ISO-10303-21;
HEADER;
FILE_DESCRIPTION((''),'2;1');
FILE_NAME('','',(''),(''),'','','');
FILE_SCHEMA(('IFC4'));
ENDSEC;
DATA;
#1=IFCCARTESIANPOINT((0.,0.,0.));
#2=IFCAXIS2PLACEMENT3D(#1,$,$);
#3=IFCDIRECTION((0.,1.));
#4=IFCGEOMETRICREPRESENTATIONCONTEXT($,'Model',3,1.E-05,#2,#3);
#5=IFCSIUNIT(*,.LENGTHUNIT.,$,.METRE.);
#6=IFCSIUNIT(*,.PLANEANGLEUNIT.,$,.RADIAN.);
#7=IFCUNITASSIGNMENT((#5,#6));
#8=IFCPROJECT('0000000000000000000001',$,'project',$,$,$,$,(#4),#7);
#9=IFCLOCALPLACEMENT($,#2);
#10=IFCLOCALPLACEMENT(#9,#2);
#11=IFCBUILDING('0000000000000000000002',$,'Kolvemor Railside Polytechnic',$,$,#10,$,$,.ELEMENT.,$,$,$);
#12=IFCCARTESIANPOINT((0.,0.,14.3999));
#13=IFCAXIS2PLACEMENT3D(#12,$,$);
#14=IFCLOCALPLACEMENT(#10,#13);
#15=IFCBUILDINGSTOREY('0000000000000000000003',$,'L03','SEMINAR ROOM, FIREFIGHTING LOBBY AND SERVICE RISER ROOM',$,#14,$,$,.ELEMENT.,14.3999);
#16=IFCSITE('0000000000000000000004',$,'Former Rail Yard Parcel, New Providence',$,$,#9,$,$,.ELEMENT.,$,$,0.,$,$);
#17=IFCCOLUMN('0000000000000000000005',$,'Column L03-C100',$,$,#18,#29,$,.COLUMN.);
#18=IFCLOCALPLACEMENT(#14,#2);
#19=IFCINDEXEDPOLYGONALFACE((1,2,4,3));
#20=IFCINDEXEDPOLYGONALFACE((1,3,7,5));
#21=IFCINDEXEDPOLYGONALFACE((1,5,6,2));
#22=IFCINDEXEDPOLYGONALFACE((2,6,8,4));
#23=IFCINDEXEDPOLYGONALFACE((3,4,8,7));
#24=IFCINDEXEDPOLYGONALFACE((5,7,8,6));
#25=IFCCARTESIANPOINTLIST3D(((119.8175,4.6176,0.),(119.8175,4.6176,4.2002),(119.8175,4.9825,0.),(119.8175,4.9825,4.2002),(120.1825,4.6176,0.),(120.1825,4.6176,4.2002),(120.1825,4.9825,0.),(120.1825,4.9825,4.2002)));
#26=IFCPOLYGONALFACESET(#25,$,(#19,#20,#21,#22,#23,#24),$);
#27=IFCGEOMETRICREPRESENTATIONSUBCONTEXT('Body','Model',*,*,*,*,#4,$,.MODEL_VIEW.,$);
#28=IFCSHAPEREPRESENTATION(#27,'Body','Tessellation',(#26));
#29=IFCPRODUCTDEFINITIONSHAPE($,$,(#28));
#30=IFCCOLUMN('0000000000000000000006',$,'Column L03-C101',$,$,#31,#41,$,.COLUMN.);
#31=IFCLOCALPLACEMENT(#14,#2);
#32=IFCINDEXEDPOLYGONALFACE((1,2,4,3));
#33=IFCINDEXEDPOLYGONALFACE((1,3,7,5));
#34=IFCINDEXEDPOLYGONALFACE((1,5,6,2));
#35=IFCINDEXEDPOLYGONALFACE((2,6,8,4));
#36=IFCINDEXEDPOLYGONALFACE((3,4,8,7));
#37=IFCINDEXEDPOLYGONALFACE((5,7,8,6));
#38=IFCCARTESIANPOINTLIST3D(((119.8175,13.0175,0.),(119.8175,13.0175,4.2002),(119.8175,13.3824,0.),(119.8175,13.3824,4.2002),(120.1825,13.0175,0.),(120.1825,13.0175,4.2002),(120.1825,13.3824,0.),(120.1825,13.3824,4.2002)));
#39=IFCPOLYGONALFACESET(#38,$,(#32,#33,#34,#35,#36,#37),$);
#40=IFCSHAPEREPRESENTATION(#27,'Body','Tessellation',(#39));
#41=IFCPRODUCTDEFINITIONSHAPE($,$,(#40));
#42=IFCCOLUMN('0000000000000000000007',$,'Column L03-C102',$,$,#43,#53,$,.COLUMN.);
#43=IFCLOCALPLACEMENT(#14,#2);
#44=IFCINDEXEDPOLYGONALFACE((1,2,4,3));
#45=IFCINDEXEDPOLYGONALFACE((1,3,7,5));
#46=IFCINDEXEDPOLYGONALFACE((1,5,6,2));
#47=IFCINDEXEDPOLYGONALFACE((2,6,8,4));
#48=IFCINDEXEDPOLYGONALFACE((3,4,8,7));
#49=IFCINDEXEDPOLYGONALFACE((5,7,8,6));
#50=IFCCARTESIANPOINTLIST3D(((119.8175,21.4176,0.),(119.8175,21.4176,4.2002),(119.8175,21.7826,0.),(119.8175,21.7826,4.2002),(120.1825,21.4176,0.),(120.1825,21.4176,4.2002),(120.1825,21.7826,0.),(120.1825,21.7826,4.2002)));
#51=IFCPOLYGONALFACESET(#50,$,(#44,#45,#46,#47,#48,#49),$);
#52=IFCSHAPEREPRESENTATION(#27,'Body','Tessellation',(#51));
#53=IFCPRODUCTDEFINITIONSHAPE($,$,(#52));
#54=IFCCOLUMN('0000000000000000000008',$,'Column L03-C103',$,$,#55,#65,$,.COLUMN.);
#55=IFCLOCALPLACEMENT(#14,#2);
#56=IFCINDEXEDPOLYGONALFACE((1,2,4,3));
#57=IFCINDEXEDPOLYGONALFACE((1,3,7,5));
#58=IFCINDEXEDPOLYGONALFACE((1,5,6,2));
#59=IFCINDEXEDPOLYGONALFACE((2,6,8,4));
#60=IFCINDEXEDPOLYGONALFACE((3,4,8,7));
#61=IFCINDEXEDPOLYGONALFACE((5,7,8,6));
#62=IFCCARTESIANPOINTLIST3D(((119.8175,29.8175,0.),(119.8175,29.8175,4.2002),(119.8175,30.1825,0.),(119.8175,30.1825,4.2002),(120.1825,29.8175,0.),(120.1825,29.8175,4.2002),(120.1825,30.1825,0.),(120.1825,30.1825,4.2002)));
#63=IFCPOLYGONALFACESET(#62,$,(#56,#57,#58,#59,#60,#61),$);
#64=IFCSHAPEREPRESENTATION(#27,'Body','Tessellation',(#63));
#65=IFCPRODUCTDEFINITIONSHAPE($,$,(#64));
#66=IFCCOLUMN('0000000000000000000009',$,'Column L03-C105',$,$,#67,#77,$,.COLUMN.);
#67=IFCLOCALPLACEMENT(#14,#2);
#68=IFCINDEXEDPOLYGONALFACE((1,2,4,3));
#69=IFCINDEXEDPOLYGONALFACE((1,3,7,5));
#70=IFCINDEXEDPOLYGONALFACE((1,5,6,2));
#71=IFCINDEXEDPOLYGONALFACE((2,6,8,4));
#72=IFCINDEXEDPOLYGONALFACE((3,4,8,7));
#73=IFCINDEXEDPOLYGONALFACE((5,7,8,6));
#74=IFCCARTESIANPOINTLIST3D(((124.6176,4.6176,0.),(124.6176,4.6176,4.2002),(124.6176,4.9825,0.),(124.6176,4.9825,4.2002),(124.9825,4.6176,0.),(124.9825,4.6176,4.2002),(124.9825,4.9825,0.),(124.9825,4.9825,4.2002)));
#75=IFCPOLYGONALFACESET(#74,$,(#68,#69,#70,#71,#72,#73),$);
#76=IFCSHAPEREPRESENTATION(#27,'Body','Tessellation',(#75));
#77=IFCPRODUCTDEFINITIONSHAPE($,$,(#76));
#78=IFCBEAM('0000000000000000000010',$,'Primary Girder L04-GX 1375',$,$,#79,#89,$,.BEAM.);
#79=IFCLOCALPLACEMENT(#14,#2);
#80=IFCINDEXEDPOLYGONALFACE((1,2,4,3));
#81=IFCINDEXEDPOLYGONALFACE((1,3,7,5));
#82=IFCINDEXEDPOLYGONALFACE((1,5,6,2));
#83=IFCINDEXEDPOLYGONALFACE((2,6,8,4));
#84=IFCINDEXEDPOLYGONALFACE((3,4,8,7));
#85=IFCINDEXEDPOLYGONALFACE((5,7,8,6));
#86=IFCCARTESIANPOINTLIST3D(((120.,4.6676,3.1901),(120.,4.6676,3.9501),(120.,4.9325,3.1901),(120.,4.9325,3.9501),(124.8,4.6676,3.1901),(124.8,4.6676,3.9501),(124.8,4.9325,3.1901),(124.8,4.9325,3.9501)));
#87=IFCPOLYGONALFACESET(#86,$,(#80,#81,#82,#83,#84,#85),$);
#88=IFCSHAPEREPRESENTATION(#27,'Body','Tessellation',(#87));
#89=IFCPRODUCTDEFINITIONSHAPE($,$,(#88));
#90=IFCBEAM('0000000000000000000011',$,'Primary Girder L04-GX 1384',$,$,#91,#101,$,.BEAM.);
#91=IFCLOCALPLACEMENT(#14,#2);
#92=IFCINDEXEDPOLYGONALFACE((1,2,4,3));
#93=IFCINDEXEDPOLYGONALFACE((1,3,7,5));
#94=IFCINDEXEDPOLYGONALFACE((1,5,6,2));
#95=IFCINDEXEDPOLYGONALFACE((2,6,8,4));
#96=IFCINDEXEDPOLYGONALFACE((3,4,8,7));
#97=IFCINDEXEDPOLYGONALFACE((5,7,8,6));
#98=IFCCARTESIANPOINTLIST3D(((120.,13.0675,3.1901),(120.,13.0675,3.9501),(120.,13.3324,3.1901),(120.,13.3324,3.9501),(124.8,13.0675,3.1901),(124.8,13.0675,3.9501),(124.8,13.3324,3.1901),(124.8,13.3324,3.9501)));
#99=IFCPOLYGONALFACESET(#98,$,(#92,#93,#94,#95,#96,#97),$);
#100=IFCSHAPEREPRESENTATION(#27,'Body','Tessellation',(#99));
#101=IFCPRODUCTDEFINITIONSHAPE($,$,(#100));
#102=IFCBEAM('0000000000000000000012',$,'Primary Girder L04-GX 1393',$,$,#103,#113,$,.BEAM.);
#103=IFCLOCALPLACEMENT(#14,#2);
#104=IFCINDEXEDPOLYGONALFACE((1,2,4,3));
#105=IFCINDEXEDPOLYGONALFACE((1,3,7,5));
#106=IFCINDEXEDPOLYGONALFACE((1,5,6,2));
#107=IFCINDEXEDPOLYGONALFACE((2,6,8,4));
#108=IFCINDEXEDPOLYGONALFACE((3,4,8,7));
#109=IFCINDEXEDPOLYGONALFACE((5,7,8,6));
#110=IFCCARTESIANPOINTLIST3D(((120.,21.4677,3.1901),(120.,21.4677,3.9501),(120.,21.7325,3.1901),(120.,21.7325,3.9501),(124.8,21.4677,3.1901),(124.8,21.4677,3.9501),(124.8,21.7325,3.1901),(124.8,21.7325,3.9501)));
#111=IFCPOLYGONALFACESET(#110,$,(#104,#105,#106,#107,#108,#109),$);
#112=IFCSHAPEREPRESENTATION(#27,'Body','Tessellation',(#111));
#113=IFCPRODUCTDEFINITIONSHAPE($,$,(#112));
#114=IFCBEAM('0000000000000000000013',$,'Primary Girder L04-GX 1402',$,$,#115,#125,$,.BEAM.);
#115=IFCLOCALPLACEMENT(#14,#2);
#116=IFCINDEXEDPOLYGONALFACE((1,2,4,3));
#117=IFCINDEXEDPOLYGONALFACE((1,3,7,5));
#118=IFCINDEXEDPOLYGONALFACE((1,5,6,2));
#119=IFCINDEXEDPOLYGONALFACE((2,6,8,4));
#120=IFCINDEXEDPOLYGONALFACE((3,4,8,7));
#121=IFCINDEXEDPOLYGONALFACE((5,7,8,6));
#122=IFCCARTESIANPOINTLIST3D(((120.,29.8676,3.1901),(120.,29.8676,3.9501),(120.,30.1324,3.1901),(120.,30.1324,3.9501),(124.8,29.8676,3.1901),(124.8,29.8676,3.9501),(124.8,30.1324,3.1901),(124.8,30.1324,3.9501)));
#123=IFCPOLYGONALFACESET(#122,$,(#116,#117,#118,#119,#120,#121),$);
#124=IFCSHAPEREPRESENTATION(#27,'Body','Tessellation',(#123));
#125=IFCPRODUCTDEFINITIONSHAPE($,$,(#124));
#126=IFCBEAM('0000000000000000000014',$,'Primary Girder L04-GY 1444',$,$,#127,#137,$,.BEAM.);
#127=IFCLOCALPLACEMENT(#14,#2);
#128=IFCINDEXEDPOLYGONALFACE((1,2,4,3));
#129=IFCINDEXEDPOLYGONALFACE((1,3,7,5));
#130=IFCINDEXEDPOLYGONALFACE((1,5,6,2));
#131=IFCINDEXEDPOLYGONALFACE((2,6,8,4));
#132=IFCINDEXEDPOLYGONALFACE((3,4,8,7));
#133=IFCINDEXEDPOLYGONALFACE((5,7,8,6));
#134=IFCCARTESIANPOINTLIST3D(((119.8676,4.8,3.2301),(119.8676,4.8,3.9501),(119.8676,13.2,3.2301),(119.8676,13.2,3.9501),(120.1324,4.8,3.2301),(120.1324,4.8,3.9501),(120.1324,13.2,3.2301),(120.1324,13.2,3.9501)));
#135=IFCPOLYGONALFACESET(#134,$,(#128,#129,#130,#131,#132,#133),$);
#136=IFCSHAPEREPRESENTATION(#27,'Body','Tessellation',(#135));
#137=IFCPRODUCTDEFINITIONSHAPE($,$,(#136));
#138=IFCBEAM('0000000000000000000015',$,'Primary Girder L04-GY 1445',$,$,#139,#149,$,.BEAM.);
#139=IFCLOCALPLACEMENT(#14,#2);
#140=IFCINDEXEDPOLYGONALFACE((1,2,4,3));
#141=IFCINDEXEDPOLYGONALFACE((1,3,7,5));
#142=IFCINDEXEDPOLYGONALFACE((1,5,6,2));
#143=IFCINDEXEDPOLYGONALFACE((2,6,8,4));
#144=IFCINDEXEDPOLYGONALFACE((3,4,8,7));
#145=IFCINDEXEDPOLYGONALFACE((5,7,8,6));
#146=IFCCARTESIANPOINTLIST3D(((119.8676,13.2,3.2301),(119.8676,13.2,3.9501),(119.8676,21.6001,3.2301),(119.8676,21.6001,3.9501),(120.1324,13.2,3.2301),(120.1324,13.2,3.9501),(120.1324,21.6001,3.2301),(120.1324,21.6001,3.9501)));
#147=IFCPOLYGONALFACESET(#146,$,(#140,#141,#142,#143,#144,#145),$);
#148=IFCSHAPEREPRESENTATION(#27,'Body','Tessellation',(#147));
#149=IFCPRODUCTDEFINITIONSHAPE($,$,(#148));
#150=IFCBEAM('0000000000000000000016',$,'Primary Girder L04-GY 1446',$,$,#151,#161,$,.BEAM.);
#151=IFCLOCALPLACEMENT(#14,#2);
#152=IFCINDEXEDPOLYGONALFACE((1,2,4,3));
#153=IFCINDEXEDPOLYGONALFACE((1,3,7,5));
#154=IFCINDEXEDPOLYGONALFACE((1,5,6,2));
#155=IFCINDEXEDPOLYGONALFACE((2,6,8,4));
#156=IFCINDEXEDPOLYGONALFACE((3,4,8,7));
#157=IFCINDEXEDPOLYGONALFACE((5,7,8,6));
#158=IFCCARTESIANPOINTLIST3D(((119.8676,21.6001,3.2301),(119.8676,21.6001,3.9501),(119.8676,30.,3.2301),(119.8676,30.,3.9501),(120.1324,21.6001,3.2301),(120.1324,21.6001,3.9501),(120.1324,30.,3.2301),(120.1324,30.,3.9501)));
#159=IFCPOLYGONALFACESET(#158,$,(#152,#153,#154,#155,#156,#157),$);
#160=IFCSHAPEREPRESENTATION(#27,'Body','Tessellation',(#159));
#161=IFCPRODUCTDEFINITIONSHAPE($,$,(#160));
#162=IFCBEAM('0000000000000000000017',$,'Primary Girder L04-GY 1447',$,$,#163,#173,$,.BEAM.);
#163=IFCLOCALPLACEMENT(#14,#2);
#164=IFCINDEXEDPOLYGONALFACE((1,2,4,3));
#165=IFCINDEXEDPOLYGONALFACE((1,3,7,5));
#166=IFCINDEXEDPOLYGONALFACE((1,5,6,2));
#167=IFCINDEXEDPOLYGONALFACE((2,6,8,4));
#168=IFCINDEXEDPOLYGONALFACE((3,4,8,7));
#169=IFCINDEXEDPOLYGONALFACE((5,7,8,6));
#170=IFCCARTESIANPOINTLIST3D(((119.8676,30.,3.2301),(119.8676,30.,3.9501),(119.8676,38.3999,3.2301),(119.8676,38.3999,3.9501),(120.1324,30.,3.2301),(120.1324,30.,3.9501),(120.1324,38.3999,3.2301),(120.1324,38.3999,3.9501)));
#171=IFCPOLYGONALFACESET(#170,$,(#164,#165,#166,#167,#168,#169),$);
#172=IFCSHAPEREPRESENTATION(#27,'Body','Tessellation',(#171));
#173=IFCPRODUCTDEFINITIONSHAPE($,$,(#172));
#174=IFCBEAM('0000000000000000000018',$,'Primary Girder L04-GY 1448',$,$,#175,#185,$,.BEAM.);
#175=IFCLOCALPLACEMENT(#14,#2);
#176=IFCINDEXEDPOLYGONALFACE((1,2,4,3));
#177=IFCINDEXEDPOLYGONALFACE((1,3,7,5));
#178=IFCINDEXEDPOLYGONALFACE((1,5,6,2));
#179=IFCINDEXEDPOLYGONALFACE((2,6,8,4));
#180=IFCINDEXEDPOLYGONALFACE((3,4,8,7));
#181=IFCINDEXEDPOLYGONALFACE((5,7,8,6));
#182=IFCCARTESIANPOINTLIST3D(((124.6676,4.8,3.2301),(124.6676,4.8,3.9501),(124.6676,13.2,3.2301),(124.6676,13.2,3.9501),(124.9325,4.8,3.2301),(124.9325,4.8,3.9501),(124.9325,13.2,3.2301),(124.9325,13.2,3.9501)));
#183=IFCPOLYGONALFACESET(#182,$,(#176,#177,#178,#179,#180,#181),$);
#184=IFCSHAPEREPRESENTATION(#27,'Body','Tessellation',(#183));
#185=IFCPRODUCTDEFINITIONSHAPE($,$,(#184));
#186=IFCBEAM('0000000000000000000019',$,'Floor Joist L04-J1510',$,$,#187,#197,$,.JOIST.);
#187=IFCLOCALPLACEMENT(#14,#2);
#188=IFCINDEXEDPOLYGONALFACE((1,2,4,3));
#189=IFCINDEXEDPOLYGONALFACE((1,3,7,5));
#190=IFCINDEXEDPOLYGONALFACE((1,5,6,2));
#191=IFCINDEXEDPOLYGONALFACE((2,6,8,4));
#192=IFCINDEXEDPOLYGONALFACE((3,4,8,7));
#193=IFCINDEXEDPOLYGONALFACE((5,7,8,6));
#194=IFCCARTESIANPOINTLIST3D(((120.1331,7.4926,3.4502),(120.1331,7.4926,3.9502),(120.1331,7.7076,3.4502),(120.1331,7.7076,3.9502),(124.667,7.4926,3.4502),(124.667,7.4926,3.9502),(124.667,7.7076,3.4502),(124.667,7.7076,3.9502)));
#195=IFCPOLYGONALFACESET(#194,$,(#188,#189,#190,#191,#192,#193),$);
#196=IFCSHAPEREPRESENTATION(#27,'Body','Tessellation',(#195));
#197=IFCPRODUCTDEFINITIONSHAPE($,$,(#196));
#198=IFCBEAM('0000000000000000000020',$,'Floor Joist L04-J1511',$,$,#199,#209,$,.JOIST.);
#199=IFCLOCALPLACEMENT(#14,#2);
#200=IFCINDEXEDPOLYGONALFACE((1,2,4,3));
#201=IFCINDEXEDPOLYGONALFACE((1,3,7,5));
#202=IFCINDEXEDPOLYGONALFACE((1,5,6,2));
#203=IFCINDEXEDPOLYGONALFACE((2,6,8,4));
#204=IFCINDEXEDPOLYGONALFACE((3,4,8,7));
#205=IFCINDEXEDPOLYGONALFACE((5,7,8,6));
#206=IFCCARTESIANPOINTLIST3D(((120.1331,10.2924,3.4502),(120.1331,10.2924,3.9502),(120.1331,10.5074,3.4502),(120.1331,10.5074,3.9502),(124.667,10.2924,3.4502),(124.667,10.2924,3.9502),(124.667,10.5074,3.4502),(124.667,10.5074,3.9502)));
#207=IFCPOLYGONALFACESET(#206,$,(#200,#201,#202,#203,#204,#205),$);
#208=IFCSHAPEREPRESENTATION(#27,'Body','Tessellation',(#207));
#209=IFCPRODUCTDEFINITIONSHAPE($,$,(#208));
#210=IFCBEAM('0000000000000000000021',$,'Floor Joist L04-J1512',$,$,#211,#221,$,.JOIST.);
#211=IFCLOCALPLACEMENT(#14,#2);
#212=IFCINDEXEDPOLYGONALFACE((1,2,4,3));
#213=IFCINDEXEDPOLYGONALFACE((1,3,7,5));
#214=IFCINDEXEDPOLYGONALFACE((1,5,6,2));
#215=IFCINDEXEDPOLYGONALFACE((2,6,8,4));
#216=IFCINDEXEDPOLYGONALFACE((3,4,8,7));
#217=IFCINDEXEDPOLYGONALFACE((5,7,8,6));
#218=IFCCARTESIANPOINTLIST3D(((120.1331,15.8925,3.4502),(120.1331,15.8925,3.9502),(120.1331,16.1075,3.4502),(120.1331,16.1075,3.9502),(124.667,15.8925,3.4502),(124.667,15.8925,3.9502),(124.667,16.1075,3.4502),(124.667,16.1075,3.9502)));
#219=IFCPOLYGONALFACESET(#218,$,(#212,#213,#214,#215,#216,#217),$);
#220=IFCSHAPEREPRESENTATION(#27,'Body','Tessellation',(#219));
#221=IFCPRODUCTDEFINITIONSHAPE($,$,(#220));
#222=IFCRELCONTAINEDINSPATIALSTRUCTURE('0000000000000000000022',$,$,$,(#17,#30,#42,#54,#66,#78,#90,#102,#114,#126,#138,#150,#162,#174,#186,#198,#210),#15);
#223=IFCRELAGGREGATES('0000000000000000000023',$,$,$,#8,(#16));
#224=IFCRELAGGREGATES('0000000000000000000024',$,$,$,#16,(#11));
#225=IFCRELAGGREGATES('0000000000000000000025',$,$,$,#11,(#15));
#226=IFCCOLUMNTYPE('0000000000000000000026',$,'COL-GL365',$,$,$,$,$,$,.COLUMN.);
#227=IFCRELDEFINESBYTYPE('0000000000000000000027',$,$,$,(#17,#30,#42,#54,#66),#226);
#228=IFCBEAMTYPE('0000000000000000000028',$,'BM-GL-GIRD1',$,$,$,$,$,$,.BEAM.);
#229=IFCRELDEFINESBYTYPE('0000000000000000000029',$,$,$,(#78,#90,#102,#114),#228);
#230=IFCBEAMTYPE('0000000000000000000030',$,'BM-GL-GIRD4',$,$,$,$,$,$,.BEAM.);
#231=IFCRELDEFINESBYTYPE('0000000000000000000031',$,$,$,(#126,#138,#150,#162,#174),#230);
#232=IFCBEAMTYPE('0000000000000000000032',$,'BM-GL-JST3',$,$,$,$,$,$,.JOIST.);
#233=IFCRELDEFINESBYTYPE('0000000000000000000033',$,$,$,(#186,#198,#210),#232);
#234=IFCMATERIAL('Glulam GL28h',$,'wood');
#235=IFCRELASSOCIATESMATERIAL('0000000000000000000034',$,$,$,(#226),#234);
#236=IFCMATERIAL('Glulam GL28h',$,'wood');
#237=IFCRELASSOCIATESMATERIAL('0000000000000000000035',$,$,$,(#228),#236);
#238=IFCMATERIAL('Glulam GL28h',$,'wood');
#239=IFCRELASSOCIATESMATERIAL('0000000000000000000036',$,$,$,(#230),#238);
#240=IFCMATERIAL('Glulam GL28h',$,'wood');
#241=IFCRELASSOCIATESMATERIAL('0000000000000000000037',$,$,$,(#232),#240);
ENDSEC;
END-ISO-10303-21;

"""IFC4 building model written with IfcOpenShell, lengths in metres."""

from ifc_helpers import new_model, si_unit, direction, frame, origin, origin_2d, place, context, subcontext, project, spatial, rectangle, extrude, material, material_profile, profile_set, type_object, element, save


model = new_model("IFC4")

# Units and contexts
model_context = context("Model", 3, precision=1e-05, world=origin(), true_north=direction((0.0, 1.0)))
body_context = subcontext(model_context, "Body", "Model", "MODEL_VIEW")
ifc_project = project(units=[si_unit("LENGTHUNIT", "METRE"), si_unit("PLANEANGLEUNIT", "RADIAN")], contexts=[model_context])

# Site, building, storey
site_placement = place(None, origin())
site = spatial("IfcSite", under=ifc_project, at=site_placement, Name="Former Rail Yard Parcel, New Providence", CompositionType="ELEMENT", RefElevation=0.0)
building_placement = place(site_placement, origin())
building = spatial("IfcBuilding", under=site, at=building_placement, Name="Kolvemor Railside Polytechnic", CompositionType="ELEMENT")
storey_placement = place(building_placement, frame((0.0, 0.0, 14.3999)))
storey = spatial("IfcBuildingStorey", under=building, at=storey_placement, Name="L03", Description="SEMINAR ROOM, FIREFIGHTING LOBBY AND SERVICE RISER ROOM", CompositionType="ELEMENT", Elevation=14.3999)

# Columns
ifc_material_1 = material(Name="Glulam GL28h", Category="wood")
ifc_material_profile_1 = material_profile(ifc_material_1, rectangle(XDim=0.365, YDim=0.365, at=origin_2d()), Name="GL365x365")
ifc_profile_set_1 = profile_set([ifc_material_profile_1], Name="Glulam GL28h")
column_type = type_object("IfcColumnType", Name="COL-GL365", PredefinedType="COLUMN", material=ifc_profile_set_1)
for number, where, z_axis, x_axis, name in (
    (1, (120.0, 4.8, 0.0), (0.0, 0.0, 1.0), (1.0, 0.0, 0.0), "Column L03-C100"),
    (2, (120.0, 13.2, 0.0), (0.0, 0.0, 1.0), (1.0, 0.0, 0.0), "Column L03-C101"),
    (3, (120.0, 21.6001, 0.0), (0.0, 0.0, 1.0), (1.0, 0.0, 0.0), "Column L03-C102"),
    (4, (120.0, 30.0, 0.0), (0.0, 0.0, 1.0), (1.0, 0.0, 0.0), "Column L03-C103"),
    (5, (124.8, 4.8, 0.0), (0.0, 0.0, 1.0), (1.0, 0.0, 0.0), "Column L03-C105"),
):
    element("IfcColumn", number, at=place(storey_placement, frame(where, z_axis=z_axis, x_axis=x_axis)), inside=storey, type_object=column_type, Name=name, PredefinedType="COLUMN", context=body_context, shape_type="SweptSolid", body=[
        extrude(rectangle(XDim=0.365, YDim=0.365, at=origin_2d()), origin(), (0.0, 0.0, 1.0), 4.2002),
    ])

# Beams
ifc_material_2 = material(Name="Glulam GL28h", Category="wood")
ifc_material_profile_2 = material_profile(ifc_material_2, rectangle(XDim=0.2649, YDim=0.76, at=origin_2d()), Name="GL265x760")
ifc_profile_set_2 = profile_set([ifc_material_profile_2], Name="Glulam GL28h")
beam_type_1 = type_object("IfcBeamType", Name="BM-GL-GIRD1", PredefinedType="BEAM", material=ifc_profile_set_2)
for number, where, z_axis, x_axis, name in (
    (6, (120.0, 4.8, 3.5701), (1.0, 0.0, 0.0), (0.0, 1.0, 0.0), "Primary Girder L04-GX 1375"),
    (7, (120.0, 13.2, 3.5701), (1.0, 0.0, 0.0), (0.0, 1.0, 0.0), "Primary Girder L04-GX 1384"),
    (8, (120.0, 21.6001, 3.5701), (1.0, 0.0, 0.0), (0.0, 1.0, 0.0), "Primary Girder L04-GX 1393"),
    (9, (120.0, 30.0, 3.5701), (1.0, 0.0, 0.0), (0.0, 1.0, 0.0), "Primary Girder L04-GX 1402"),
):
    element("IfcBeam", number, at=place(storey_placement, frame(where, z_axis=z_axis, x_axis=x_axis)), inside=storey, type_object=beam_type_1, Name=name, PredefinedType="BEAM", context=body_context, shape_type="SweptSolid", body=[
        extrude(rectangle(XDim=0.2649, YDim=0.76, at=origin_2d()), origin(), (0.0, 0.0, 1.0), 4.8),
    ])
ifc_material_3 = material(Name="Glulam GL28h", Category="wood")
ifc_material_profile_3 = material_profile(ifc_material_3, rectangle(XDim=0.2649, YDim=0.72, at=origin_2d()), Name="GL265x720")
ifc_profile_set_3 = profile_set([ifc_material_profile_3], Name="Glulam GL28h")
beam_type_2 = type_object("IfcBeamType", Name="BM-GL-GIRD4", PredefinedType="BEAM", material=ifc_profile_set_3)
beam_1_placement = place(storey_placement, frame((120.0, 4.8, 3.5901), z_axis=(0.0, 1.0, 0.0), x_axis=(-1.0, 0.0, 0.0)))
element("IfcBeam", 10, at=beam_1_placement, inside=storey, type_object=beam_type_2, Name="Primary Girder L04-GY 1444", PredefinedType="BEAM", context=body_context, shape_type="SweptSolid", body=[
    extrude(rectangle(XDim=0.2649, YDim=0.72, at=origin_2d()), origin(), (0.0, 0.0, 1.0), 8.3999),
])
beam_2_placement = place(storey_placement, frame((120.0, 13.2, 3.5901), z_axis=(0.0, 1.0, 0.0), x_axis=(-1.0, 0.0, 0.0)))
element("IfcBeam", 11, at=beam_2_placement, inside=storey, type_object=beam_type_2, Name="Primary Girder L04-GY 1445", PredefinedType="BEAM", context=body_context, shape_type="SweptSolid", body=[
    extrude(rectangle(XDim=0.2649, YDim=0.72, at=origin_2d()), origin(), (0.0, 0.0, 1.0), 8.4001),
])
for number, where, z_axis, x_axis, name in (
    (12, (120.0, 21.6001, 3.5901), (0.0, 1.0, 0.0), (-1.0, 0.0, 0.0), "Primary Girder L04-GY 1446"),
    (13, (120.0, 30.0, 3.5901), (0.0, 1.0, 0.0), (-1.0, 0.0, 0.0), "Primary Girder L04-GY 1447"),
    (14, (124.8, 4.8, 3.5901), (0.0, 1.0, 0.0), (-1.0, 0.0, 0.0), "Primary Girder L04-GY 1448"),
):
    element("IfcBeam", number, at=place(storey_placement, frame(where, z_axis=z_axis, x_axis=x_axis)), inside=storey, type_object=beam_type_2, Name=name, PredefinedType="BEAM", context=body_context, shape_type="SweptSolid", body=[
        extrude(rectangle(XDim=0.2649, YDim=0.72, at=origin_2d()), origin(), (0.0, 0.0, 1.0), 8.3999),
    ])
ifc_material_4 = material(Name="Glulam GL28h", Category="wood")
ifc_material_profile_4 = material_profile(ifc_material_4, rectangle(XDim=0.2151, YDim=0.5, at=origin_2d()), Name="GL215x500")
ifc_profile_set_4 = profile_set([ifc_material_profile_4], Name="Glulam GL28h")
beam_type_3 = type_object("IfcBeamType", Name="BM-GL-JST3", PredefinedType="JOIST", material=ifc_profile_set_4)
for number, where, z_axis, x_axis, name in (
    (15, (120.1331, 7.6001, 3.7002), (1.0, 0.0, 0.0), (0.0, 1.0, 0.0), "Floor Joist L04-J1510"),
    (16, (120.1331, 10.3999, 3.7002), (1.0, 0.0, 0.0), (0.0, 1.0, 0.0), "Floor Joist L04-J1511"),
    (17, (120.1331, 16.0, 3.7002), (1.0, 0.0, 0.0), (0.0, 1.0, 0.0), "Floor Joist L04-J1512"),
):
    element("IfcBeam", number, at=place(storey_placement, frame(where, z_axis=z_axis, x_axis=x_axis)), inside=storey, type_object=beam_type_3, Name=name, PredefinedType="JOIST", context=body_context, shape_type="SweptSolid", body=[
        extrude(rectangle(XDim=0.2151, YDim=0.5, at=origin_2d()), origin(), (0.0, 0.0, 1.0), 4.5339),
    ])

save(model, "model.ifc")
